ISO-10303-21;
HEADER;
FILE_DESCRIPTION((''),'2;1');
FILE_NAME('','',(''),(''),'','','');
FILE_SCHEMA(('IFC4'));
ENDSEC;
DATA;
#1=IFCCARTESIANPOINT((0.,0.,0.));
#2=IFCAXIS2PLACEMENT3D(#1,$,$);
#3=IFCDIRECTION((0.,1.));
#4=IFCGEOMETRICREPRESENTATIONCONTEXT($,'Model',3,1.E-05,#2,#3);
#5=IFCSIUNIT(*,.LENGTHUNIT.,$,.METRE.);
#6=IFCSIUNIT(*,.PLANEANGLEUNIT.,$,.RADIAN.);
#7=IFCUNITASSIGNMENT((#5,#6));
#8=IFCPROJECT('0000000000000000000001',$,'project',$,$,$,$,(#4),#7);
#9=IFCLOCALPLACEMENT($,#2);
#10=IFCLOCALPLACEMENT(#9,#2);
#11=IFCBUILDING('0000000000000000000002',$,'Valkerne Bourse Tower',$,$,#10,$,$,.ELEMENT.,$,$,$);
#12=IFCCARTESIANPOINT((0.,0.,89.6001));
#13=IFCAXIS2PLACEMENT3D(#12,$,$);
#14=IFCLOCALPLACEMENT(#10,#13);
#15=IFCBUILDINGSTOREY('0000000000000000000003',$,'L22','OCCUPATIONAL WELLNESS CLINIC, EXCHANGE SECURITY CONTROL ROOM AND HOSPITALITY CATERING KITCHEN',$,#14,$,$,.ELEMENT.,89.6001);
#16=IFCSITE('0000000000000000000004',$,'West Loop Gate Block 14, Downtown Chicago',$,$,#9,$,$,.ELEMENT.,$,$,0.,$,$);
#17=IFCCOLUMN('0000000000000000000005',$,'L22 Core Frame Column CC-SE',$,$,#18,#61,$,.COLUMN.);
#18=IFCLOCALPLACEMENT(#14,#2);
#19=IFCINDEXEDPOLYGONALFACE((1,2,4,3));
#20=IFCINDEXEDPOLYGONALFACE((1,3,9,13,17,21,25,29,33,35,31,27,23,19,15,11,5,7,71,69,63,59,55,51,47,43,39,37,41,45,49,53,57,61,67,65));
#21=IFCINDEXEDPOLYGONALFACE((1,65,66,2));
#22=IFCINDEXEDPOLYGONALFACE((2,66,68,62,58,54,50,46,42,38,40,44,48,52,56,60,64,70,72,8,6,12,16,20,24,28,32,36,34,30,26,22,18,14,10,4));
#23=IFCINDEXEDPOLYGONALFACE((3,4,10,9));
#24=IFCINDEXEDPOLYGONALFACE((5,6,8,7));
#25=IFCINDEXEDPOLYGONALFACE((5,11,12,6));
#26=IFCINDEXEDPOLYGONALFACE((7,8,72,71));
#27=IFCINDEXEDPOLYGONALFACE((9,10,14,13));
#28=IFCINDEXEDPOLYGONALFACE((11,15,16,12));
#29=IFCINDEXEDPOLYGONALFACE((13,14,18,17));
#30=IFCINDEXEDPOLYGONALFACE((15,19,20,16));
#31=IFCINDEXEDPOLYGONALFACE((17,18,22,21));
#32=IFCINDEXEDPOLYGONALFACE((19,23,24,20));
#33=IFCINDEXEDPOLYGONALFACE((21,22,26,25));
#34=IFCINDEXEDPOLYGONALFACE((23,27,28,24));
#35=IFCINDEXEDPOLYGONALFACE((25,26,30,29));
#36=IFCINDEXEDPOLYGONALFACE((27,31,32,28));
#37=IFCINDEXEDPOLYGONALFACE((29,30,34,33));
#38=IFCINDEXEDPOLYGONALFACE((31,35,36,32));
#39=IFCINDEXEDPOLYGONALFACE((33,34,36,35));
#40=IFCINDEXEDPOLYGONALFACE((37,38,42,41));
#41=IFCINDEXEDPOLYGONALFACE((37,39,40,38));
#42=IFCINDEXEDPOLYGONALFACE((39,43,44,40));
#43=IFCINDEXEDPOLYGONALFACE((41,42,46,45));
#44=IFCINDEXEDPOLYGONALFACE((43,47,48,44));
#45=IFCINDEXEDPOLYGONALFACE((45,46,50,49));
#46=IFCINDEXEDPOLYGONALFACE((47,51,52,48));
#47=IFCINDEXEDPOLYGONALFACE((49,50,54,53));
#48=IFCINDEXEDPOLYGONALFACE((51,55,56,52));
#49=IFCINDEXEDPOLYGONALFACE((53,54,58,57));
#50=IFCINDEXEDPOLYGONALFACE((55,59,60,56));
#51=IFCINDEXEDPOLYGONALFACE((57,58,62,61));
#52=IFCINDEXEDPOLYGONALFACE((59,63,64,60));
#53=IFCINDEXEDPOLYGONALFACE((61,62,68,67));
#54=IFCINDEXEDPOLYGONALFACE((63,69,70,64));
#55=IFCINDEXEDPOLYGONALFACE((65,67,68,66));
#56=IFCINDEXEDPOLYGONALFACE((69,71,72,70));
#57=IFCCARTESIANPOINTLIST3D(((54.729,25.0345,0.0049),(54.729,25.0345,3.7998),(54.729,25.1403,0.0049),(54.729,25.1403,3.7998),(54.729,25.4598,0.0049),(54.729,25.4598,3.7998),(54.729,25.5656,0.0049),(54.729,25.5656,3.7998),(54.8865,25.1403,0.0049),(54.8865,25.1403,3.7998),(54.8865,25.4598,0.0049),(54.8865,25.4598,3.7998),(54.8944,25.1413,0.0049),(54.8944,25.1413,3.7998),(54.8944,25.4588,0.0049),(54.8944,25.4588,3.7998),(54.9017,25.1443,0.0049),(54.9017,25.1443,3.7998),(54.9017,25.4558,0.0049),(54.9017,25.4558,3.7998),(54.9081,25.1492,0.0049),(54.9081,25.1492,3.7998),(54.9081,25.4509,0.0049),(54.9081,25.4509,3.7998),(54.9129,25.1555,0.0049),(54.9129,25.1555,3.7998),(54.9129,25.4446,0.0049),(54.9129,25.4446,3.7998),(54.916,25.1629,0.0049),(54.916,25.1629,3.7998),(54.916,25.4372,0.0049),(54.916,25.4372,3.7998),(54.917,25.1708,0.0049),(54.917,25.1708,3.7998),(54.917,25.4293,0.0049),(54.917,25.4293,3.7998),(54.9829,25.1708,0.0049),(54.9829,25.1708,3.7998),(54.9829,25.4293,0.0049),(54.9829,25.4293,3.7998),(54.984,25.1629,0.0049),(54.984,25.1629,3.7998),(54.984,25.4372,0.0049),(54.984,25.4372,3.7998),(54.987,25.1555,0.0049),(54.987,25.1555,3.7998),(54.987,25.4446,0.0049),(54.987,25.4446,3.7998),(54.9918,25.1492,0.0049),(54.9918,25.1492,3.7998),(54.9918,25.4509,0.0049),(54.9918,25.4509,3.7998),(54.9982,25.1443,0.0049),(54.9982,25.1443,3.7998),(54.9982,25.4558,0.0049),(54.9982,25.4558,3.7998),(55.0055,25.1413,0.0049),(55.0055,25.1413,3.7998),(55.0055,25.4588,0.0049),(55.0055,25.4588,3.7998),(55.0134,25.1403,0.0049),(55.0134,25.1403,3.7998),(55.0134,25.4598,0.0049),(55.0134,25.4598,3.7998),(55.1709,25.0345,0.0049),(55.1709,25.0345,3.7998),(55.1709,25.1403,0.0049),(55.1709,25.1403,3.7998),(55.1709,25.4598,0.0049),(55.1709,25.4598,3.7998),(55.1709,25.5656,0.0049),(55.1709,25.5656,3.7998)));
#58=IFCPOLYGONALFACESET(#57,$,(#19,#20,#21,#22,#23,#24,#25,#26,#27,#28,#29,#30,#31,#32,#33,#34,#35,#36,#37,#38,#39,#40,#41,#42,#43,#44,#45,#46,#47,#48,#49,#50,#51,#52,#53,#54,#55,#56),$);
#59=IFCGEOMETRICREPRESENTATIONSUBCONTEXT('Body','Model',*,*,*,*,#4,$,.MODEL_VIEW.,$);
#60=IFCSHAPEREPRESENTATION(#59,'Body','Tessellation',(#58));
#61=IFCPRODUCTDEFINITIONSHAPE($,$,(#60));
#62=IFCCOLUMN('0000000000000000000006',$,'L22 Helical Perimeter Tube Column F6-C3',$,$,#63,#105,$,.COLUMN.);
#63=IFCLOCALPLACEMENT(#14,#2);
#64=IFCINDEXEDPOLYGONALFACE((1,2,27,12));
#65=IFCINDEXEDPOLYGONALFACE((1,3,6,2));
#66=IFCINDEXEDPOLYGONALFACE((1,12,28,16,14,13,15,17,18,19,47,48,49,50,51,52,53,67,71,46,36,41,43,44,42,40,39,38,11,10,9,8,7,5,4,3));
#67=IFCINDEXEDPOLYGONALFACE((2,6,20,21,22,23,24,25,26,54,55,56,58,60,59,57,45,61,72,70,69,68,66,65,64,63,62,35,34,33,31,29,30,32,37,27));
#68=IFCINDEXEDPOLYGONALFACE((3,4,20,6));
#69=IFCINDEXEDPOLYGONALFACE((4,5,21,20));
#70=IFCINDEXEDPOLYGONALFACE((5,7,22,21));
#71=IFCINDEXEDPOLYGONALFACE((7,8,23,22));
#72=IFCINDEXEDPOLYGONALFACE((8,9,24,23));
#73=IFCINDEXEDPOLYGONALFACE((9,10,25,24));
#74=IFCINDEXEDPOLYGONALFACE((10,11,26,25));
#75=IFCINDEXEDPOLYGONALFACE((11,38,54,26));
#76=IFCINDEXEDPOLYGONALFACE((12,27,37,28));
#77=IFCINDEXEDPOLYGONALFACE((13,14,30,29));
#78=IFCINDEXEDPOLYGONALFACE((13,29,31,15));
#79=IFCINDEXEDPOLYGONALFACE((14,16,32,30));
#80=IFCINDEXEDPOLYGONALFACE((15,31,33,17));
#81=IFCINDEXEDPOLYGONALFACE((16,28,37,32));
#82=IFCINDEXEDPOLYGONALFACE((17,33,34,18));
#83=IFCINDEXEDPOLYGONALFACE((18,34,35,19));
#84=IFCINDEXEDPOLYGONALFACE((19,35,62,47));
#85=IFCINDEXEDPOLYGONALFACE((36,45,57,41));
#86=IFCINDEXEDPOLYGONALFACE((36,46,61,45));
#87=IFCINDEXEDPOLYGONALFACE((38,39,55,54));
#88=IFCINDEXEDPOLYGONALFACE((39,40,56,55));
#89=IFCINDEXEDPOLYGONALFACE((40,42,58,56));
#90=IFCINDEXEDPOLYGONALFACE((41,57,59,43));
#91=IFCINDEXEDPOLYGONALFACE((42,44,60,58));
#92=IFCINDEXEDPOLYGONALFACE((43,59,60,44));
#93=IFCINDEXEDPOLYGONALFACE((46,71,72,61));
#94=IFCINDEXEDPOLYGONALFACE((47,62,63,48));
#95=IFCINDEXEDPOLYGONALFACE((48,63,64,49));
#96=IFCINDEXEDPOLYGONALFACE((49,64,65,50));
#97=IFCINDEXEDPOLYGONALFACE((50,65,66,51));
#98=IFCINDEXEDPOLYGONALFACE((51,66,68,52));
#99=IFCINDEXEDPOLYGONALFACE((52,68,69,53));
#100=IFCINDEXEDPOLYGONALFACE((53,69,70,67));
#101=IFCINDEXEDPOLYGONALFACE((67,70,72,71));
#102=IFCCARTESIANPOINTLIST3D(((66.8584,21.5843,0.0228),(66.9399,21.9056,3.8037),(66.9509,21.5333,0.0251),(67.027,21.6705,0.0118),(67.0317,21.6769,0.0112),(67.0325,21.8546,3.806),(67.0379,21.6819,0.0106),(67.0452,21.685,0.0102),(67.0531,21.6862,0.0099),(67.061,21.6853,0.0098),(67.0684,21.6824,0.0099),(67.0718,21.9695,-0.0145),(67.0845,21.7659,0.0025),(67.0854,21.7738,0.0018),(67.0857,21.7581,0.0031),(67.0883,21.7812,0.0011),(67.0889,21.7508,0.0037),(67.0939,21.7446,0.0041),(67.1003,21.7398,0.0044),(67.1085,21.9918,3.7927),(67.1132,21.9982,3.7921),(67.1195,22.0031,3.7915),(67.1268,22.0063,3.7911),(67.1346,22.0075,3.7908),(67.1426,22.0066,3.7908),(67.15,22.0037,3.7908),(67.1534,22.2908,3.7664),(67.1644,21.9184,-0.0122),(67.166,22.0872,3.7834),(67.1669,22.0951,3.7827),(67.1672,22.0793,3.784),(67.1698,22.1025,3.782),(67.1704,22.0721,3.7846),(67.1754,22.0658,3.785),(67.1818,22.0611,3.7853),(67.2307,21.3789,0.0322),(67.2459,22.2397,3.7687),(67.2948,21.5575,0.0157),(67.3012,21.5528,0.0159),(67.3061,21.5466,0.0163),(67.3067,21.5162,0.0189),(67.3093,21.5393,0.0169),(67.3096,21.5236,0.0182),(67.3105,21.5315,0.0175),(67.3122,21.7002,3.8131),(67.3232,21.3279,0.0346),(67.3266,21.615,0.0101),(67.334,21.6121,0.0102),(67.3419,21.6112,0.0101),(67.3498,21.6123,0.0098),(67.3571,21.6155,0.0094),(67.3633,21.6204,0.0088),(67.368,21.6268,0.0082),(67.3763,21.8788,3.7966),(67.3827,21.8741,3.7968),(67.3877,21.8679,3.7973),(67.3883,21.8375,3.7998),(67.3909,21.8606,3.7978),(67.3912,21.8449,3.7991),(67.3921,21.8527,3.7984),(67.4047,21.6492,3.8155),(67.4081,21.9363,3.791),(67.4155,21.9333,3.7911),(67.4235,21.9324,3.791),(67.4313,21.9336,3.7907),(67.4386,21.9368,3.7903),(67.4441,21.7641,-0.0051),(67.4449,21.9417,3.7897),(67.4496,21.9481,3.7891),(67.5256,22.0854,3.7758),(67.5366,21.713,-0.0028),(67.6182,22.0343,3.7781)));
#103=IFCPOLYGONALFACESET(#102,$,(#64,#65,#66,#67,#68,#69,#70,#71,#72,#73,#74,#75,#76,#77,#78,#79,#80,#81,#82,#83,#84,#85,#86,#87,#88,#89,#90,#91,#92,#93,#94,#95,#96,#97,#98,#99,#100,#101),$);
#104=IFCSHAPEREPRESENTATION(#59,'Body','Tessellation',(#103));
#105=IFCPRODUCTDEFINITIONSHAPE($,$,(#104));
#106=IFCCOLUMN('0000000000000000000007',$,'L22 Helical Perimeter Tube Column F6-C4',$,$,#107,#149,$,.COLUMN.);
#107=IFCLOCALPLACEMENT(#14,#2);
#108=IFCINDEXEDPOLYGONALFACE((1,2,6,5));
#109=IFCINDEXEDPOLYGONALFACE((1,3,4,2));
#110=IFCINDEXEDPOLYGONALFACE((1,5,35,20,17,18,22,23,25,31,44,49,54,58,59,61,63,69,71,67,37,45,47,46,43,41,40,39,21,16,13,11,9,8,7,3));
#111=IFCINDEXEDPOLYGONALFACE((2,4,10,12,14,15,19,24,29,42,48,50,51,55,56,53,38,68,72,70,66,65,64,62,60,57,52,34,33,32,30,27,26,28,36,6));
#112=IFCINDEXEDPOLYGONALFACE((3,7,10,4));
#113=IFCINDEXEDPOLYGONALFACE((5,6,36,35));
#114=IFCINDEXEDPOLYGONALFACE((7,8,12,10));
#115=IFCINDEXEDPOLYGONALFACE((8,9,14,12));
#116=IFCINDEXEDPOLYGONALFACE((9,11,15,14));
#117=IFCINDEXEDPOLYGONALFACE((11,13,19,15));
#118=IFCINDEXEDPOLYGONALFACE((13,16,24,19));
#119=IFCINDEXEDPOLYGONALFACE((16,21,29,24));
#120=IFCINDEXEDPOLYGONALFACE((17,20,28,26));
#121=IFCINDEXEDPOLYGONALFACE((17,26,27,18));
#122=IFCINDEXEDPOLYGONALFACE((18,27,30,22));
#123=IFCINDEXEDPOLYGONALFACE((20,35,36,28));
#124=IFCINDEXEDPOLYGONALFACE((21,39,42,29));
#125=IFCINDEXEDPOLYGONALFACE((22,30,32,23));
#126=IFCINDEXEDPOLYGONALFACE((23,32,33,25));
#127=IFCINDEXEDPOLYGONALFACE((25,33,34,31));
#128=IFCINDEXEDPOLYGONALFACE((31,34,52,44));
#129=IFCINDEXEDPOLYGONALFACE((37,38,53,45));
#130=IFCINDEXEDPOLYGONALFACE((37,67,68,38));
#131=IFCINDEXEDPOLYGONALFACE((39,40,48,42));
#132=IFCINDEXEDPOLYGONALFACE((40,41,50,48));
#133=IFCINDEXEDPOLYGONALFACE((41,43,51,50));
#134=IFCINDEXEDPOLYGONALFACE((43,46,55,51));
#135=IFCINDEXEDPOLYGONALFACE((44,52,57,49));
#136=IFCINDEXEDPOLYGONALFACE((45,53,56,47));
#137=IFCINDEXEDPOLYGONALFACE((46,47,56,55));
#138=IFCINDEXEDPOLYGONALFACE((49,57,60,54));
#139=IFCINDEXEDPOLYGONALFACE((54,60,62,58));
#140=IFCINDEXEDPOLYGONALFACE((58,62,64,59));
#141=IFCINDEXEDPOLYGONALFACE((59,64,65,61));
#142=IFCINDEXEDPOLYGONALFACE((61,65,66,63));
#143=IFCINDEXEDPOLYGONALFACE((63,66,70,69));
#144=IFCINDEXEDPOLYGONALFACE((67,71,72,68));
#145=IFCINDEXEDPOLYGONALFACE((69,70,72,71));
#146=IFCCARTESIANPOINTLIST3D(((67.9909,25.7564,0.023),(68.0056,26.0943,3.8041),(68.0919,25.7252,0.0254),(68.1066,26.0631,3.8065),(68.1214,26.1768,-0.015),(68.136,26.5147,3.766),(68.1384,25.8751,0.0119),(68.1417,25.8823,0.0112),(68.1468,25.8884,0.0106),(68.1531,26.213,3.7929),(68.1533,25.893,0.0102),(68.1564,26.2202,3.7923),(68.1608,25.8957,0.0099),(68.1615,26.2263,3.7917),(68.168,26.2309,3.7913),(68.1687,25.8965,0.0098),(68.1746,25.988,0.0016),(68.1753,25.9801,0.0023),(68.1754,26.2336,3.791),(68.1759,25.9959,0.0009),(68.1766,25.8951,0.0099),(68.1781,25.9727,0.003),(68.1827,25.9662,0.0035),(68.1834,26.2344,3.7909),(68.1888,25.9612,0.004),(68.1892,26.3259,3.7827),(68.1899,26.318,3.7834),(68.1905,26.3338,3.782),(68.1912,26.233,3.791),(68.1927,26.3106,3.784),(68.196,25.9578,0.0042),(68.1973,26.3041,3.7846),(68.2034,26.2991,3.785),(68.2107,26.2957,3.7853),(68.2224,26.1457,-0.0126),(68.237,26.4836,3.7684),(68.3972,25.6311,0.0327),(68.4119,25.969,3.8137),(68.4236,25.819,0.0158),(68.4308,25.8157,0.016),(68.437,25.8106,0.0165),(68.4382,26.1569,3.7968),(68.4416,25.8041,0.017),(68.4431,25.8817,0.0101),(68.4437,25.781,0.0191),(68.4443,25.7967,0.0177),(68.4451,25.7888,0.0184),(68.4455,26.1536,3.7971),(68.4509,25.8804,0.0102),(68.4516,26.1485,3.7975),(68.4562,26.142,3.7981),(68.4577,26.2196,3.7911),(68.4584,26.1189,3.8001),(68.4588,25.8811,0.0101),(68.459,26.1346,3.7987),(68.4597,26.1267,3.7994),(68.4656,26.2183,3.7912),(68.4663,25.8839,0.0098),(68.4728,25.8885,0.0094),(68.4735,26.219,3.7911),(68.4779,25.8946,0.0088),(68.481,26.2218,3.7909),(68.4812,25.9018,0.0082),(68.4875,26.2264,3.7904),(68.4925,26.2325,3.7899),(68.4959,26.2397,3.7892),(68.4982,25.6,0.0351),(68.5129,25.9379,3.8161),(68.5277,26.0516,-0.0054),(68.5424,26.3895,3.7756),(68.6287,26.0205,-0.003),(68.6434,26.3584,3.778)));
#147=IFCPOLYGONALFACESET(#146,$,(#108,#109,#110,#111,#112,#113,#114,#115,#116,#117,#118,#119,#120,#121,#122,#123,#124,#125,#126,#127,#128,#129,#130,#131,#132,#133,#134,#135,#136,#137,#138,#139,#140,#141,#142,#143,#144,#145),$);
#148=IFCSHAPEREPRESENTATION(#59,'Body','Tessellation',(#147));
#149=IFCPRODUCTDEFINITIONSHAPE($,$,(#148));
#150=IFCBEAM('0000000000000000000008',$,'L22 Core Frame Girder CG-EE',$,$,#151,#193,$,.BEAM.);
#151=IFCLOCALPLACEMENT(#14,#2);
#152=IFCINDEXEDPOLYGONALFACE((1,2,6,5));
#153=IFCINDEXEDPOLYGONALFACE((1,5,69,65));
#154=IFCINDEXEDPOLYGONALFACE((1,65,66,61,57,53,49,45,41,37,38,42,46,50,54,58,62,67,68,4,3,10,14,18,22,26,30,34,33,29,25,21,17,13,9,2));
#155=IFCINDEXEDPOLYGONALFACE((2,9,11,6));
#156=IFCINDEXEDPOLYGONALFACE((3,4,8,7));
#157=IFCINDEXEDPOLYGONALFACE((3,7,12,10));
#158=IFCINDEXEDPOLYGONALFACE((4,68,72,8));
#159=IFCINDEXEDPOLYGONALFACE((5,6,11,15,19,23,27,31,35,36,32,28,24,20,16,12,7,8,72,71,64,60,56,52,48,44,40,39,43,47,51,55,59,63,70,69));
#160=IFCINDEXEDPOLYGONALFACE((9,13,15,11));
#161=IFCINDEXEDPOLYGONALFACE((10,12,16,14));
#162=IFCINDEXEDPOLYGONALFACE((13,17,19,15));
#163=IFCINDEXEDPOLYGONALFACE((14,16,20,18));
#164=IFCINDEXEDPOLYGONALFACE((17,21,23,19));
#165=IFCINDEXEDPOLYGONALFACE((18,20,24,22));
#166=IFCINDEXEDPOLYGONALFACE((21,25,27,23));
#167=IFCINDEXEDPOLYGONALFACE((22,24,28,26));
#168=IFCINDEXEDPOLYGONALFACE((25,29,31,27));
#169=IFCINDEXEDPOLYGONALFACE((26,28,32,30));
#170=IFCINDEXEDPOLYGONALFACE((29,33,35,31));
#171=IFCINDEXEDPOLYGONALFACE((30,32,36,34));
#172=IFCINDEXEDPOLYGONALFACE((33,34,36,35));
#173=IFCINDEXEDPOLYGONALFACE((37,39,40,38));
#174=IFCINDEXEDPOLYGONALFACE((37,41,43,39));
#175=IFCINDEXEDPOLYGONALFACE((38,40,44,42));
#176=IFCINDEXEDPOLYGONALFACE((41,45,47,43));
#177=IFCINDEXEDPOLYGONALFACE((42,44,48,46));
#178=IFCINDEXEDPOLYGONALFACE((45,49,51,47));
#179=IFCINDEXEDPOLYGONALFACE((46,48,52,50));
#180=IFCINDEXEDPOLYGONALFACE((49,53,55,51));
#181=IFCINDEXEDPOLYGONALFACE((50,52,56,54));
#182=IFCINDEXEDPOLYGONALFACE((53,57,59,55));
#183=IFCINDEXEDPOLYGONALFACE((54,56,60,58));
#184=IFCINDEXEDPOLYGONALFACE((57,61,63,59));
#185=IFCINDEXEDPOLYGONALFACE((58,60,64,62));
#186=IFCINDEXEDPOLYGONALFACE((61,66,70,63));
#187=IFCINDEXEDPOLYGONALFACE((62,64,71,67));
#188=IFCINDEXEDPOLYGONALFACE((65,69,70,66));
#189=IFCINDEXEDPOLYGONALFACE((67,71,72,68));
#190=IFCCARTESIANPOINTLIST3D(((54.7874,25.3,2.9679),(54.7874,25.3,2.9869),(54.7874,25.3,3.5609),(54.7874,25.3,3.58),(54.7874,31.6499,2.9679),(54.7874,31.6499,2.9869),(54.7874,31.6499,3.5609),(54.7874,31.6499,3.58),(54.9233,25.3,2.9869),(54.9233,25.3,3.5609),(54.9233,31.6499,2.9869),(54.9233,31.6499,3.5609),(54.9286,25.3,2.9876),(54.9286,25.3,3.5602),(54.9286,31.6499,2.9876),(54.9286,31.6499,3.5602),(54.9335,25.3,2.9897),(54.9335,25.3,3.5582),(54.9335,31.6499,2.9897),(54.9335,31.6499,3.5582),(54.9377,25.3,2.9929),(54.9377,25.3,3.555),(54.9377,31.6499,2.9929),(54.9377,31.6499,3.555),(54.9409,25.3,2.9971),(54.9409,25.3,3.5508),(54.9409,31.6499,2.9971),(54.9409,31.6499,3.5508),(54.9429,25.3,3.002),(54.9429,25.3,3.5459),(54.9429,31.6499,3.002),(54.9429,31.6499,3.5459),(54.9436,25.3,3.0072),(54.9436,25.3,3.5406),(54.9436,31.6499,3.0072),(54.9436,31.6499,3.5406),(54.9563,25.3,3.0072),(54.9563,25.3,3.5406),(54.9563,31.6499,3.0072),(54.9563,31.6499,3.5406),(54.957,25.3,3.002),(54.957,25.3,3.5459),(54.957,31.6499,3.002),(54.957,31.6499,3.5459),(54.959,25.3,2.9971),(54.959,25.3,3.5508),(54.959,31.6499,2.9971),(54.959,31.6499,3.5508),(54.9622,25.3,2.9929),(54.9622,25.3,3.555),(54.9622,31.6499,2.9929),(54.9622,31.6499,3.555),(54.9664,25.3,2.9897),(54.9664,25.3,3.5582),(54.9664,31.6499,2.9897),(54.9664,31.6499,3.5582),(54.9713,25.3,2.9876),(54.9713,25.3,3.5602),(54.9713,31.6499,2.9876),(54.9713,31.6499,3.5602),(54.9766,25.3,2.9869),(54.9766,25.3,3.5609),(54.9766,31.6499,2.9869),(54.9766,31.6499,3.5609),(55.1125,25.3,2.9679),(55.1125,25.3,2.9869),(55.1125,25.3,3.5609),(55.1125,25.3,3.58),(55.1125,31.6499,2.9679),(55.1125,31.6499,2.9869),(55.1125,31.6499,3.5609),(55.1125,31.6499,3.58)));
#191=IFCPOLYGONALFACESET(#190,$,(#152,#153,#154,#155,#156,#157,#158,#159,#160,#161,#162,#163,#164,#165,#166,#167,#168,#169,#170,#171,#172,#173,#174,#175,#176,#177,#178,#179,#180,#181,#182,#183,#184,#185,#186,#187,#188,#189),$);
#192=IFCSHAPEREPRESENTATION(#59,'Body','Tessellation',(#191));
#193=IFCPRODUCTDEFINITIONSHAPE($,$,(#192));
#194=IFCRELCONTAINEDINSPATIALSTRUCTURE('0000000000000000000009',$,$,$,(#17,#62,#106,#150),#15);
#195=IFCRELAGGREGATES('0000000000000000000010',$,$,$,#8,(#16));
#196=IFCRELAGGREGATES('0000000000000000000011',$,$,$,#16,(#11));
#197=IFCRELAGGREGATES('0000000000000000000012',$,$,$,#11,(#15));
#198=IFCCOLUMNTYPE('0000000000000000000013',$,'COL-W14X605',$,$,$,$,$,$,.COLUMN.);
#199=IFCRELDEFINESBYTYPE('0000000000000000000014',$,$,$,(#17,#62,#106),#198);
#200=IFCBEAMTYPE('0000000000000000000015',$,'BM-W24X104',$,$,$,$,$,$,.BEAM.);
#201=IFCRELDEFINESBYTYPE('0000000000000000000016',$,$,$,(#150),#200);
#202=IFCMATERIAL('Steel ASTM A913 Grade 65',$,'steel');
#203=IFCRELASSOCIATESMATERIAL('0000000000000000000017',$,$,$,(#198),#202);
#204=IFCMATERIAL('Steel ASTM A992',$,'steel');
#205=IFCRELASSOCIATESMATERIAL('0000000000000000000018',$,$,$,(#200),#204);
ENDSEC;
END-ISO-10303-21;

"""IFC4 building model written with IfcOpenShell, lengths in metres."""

from ifc_helpers import new_model, si_unit, direction, frame, origin, origin_2d, place, context, subcontext, project, spatial, i_section, extrude, material, material_profile, profile_set, type_object, element, save


model = new_model("IFC4")

# Units and contexts
model_context = context("Model", 3, precision=1e-05, world=origin(), true_north=direction((0.0, 1.0)))
body_context = subcontext(model_context, "Body", "Model", "MODEL_VIEW")
ifc_project = project(units=[si_unit("LENGTHUNIT", "METRE"), si_unit("PLANEANGLEUNIT", "RADIAN")], contexts=[model_context])

# Site, building, storey
site_placement = place(None, origin())
site = spatial("IfcSite", under=ifc_project, at=site_placement, Name="West Loop Gate Block 14, Downtown Chicago", CompositionType="ELEMENT", RefElevation=0.0)
building_placement = place(site_placement, origin())
building = spatial("IfcBuilding", under=site, at=building_placement, Name="Valkerne Bourse Tower", CompositionType="ELEMENT")
storey_placement = place(building_placement, frame((0.0, 0.0, 89.6001)))
storey = spatial("IfcBuildingStorey", under=building, at=storey_placement, Name="L22", Description="OCCUPATIONAL WELLNESS CLINIC, EXCHANGE SECURITY CONTROL ROOM AND HOSPITALITY CATERING KITCHEN", CompositionType="ELEMENT", Elevation=89.6001)

# Columns
ifc_material_1 = material(Name="Steel ASTM A913 Grade 65", Category="steel")
ifc_material_profile_1 = material_profile(ifc_material_1, i_section(OverallWidth=0.4419, OverallDepth=0.531, WebThickness=0.0659, FlangeThickness=0.1057, FilletRadius=0.0305, at=origin_2d()), Name="W14X605")
ifc_profile_set_1 = profile_set([ifc_material_profile_1], Name="Steel ASTM A913 Grade 65")
column_type = type_object("IfcColumnType", Name="COL-W14X605", PredefinedType="COLUMN", material=ifc_profile_set_1)
column_1_placement = place(storey_placement, frame((54.95, 25.3, 0.0049), z_axis=(0.0, 0.0, 1.0), x_axis=(1.0, 0.0, 0.0)))
element("IfcColumn", 1, at=column_1_placement, inside=storey, type_object=column_type, Name="L22 Core Frame Column CC-SE", PredefinedType="COLUMN", context=body_context, shape_type="SweptSolid", body=[
    extrude(i_section(OverallWidth=0.4419, OverallDepth=0.531, WebThickness=0.0659, FlangeThickness=0.1057, FilletRadius=0.0305, at=origin_2d()), origin(), (0.0, 0.0, 1.0), 3.7949),
])
column_2_placement = place(storey_placement, frame((67.1975, 21.6487, 0.01), z_axis=(0.021484, 0.08465, 0.996179), x_axis=(-0.482999, -0.871537, 0.084475)))
element("IfcColumn", 2, at=column_2_placement, inside=storey, type_object=column_type, Name="L22 Helical Perimeter Tube Column F6-C3", PredefinedType="COLUMN", context=body_context, shape_type="SweptSolid", body=[
    extrude(i_section(OverallWidth=0.4419, OverallDepth=0.531, WebThickness=0.0659, FlangeThickness=0.1057, FilletRadius=0.0305, at=origin_2d()), origin(), (0.0, 0.0, 1.0), 3.7954),
])
column_3_placement = place(storey_placement, frame((68.3098, 25.8884, 0.01), z_axis=(0.003859, 0.08901, 0.996023), x_axis=(-0.295247, -0.951526, 0.086177)))
element("IfcColumn", 3, at=column_3_placement, inside=storey, type_object=column_type, Name="L22 Helical Perimeter Tube Column F6-C4", PredefinedType="COLUMN", context=body_context, shape_type="SweptSolid", body=[
    extrude(i_section(OverallWidth=0.4419, OverallDepth=0.531, WebThickness=0.0659, FlangeThickness=0.1057, FilletRadius=0.0305, at=origin_2d()), origin(), (0.0, 0.0, 1.0), 3.7961),
])

# Beam
ifc_material_2 = material(Name="Steel ASTM A992", Category="steel")
ifc_material_profile_2 = material_profile(ifc_material_2, i_section(OverallWidth=0.3252, OverallDepth=0.6121, WebThickness=0.0127, FlangeThickness=0.019, FilletRadius=0.0203, at=origin_2d()), Name="W24X104")
ifc_profile_set_2 = profile_set([ifc_material_profile_2], Name="Steel ASTM A992")
beam_type_1 = type_object("IfcBeamType", Name="BM-W24X104", PredefinedType="BEAM", material=ifc_profile_set_2)
beam_1_placement = place(storey_placement, frame((54.95, 25.3, 3.2739), z_axis=(0.0, 1.0, 0.0), x_axis=(-1.0, 0.0, 0.0)))
element("IfcBeam", 4, at=beam_1_placement, inside=storey, type_object=beam_type_1, Name="L22 Core Frame Girder CG-EE", PredefinedType="BEAM", context=body_context, shape_type="SweptSolid", body=[
    extrude(i_section(OverallWidth=0.3252, OverallDepth=0.6121, WebThickness=0.0127, FlangeThickness=0.019, FilletRadius=0.0203, at=origin_2d()), origin(), (0.0, 0.0, 1.0), 6.3499),
])

save(model, "model.ifc")
